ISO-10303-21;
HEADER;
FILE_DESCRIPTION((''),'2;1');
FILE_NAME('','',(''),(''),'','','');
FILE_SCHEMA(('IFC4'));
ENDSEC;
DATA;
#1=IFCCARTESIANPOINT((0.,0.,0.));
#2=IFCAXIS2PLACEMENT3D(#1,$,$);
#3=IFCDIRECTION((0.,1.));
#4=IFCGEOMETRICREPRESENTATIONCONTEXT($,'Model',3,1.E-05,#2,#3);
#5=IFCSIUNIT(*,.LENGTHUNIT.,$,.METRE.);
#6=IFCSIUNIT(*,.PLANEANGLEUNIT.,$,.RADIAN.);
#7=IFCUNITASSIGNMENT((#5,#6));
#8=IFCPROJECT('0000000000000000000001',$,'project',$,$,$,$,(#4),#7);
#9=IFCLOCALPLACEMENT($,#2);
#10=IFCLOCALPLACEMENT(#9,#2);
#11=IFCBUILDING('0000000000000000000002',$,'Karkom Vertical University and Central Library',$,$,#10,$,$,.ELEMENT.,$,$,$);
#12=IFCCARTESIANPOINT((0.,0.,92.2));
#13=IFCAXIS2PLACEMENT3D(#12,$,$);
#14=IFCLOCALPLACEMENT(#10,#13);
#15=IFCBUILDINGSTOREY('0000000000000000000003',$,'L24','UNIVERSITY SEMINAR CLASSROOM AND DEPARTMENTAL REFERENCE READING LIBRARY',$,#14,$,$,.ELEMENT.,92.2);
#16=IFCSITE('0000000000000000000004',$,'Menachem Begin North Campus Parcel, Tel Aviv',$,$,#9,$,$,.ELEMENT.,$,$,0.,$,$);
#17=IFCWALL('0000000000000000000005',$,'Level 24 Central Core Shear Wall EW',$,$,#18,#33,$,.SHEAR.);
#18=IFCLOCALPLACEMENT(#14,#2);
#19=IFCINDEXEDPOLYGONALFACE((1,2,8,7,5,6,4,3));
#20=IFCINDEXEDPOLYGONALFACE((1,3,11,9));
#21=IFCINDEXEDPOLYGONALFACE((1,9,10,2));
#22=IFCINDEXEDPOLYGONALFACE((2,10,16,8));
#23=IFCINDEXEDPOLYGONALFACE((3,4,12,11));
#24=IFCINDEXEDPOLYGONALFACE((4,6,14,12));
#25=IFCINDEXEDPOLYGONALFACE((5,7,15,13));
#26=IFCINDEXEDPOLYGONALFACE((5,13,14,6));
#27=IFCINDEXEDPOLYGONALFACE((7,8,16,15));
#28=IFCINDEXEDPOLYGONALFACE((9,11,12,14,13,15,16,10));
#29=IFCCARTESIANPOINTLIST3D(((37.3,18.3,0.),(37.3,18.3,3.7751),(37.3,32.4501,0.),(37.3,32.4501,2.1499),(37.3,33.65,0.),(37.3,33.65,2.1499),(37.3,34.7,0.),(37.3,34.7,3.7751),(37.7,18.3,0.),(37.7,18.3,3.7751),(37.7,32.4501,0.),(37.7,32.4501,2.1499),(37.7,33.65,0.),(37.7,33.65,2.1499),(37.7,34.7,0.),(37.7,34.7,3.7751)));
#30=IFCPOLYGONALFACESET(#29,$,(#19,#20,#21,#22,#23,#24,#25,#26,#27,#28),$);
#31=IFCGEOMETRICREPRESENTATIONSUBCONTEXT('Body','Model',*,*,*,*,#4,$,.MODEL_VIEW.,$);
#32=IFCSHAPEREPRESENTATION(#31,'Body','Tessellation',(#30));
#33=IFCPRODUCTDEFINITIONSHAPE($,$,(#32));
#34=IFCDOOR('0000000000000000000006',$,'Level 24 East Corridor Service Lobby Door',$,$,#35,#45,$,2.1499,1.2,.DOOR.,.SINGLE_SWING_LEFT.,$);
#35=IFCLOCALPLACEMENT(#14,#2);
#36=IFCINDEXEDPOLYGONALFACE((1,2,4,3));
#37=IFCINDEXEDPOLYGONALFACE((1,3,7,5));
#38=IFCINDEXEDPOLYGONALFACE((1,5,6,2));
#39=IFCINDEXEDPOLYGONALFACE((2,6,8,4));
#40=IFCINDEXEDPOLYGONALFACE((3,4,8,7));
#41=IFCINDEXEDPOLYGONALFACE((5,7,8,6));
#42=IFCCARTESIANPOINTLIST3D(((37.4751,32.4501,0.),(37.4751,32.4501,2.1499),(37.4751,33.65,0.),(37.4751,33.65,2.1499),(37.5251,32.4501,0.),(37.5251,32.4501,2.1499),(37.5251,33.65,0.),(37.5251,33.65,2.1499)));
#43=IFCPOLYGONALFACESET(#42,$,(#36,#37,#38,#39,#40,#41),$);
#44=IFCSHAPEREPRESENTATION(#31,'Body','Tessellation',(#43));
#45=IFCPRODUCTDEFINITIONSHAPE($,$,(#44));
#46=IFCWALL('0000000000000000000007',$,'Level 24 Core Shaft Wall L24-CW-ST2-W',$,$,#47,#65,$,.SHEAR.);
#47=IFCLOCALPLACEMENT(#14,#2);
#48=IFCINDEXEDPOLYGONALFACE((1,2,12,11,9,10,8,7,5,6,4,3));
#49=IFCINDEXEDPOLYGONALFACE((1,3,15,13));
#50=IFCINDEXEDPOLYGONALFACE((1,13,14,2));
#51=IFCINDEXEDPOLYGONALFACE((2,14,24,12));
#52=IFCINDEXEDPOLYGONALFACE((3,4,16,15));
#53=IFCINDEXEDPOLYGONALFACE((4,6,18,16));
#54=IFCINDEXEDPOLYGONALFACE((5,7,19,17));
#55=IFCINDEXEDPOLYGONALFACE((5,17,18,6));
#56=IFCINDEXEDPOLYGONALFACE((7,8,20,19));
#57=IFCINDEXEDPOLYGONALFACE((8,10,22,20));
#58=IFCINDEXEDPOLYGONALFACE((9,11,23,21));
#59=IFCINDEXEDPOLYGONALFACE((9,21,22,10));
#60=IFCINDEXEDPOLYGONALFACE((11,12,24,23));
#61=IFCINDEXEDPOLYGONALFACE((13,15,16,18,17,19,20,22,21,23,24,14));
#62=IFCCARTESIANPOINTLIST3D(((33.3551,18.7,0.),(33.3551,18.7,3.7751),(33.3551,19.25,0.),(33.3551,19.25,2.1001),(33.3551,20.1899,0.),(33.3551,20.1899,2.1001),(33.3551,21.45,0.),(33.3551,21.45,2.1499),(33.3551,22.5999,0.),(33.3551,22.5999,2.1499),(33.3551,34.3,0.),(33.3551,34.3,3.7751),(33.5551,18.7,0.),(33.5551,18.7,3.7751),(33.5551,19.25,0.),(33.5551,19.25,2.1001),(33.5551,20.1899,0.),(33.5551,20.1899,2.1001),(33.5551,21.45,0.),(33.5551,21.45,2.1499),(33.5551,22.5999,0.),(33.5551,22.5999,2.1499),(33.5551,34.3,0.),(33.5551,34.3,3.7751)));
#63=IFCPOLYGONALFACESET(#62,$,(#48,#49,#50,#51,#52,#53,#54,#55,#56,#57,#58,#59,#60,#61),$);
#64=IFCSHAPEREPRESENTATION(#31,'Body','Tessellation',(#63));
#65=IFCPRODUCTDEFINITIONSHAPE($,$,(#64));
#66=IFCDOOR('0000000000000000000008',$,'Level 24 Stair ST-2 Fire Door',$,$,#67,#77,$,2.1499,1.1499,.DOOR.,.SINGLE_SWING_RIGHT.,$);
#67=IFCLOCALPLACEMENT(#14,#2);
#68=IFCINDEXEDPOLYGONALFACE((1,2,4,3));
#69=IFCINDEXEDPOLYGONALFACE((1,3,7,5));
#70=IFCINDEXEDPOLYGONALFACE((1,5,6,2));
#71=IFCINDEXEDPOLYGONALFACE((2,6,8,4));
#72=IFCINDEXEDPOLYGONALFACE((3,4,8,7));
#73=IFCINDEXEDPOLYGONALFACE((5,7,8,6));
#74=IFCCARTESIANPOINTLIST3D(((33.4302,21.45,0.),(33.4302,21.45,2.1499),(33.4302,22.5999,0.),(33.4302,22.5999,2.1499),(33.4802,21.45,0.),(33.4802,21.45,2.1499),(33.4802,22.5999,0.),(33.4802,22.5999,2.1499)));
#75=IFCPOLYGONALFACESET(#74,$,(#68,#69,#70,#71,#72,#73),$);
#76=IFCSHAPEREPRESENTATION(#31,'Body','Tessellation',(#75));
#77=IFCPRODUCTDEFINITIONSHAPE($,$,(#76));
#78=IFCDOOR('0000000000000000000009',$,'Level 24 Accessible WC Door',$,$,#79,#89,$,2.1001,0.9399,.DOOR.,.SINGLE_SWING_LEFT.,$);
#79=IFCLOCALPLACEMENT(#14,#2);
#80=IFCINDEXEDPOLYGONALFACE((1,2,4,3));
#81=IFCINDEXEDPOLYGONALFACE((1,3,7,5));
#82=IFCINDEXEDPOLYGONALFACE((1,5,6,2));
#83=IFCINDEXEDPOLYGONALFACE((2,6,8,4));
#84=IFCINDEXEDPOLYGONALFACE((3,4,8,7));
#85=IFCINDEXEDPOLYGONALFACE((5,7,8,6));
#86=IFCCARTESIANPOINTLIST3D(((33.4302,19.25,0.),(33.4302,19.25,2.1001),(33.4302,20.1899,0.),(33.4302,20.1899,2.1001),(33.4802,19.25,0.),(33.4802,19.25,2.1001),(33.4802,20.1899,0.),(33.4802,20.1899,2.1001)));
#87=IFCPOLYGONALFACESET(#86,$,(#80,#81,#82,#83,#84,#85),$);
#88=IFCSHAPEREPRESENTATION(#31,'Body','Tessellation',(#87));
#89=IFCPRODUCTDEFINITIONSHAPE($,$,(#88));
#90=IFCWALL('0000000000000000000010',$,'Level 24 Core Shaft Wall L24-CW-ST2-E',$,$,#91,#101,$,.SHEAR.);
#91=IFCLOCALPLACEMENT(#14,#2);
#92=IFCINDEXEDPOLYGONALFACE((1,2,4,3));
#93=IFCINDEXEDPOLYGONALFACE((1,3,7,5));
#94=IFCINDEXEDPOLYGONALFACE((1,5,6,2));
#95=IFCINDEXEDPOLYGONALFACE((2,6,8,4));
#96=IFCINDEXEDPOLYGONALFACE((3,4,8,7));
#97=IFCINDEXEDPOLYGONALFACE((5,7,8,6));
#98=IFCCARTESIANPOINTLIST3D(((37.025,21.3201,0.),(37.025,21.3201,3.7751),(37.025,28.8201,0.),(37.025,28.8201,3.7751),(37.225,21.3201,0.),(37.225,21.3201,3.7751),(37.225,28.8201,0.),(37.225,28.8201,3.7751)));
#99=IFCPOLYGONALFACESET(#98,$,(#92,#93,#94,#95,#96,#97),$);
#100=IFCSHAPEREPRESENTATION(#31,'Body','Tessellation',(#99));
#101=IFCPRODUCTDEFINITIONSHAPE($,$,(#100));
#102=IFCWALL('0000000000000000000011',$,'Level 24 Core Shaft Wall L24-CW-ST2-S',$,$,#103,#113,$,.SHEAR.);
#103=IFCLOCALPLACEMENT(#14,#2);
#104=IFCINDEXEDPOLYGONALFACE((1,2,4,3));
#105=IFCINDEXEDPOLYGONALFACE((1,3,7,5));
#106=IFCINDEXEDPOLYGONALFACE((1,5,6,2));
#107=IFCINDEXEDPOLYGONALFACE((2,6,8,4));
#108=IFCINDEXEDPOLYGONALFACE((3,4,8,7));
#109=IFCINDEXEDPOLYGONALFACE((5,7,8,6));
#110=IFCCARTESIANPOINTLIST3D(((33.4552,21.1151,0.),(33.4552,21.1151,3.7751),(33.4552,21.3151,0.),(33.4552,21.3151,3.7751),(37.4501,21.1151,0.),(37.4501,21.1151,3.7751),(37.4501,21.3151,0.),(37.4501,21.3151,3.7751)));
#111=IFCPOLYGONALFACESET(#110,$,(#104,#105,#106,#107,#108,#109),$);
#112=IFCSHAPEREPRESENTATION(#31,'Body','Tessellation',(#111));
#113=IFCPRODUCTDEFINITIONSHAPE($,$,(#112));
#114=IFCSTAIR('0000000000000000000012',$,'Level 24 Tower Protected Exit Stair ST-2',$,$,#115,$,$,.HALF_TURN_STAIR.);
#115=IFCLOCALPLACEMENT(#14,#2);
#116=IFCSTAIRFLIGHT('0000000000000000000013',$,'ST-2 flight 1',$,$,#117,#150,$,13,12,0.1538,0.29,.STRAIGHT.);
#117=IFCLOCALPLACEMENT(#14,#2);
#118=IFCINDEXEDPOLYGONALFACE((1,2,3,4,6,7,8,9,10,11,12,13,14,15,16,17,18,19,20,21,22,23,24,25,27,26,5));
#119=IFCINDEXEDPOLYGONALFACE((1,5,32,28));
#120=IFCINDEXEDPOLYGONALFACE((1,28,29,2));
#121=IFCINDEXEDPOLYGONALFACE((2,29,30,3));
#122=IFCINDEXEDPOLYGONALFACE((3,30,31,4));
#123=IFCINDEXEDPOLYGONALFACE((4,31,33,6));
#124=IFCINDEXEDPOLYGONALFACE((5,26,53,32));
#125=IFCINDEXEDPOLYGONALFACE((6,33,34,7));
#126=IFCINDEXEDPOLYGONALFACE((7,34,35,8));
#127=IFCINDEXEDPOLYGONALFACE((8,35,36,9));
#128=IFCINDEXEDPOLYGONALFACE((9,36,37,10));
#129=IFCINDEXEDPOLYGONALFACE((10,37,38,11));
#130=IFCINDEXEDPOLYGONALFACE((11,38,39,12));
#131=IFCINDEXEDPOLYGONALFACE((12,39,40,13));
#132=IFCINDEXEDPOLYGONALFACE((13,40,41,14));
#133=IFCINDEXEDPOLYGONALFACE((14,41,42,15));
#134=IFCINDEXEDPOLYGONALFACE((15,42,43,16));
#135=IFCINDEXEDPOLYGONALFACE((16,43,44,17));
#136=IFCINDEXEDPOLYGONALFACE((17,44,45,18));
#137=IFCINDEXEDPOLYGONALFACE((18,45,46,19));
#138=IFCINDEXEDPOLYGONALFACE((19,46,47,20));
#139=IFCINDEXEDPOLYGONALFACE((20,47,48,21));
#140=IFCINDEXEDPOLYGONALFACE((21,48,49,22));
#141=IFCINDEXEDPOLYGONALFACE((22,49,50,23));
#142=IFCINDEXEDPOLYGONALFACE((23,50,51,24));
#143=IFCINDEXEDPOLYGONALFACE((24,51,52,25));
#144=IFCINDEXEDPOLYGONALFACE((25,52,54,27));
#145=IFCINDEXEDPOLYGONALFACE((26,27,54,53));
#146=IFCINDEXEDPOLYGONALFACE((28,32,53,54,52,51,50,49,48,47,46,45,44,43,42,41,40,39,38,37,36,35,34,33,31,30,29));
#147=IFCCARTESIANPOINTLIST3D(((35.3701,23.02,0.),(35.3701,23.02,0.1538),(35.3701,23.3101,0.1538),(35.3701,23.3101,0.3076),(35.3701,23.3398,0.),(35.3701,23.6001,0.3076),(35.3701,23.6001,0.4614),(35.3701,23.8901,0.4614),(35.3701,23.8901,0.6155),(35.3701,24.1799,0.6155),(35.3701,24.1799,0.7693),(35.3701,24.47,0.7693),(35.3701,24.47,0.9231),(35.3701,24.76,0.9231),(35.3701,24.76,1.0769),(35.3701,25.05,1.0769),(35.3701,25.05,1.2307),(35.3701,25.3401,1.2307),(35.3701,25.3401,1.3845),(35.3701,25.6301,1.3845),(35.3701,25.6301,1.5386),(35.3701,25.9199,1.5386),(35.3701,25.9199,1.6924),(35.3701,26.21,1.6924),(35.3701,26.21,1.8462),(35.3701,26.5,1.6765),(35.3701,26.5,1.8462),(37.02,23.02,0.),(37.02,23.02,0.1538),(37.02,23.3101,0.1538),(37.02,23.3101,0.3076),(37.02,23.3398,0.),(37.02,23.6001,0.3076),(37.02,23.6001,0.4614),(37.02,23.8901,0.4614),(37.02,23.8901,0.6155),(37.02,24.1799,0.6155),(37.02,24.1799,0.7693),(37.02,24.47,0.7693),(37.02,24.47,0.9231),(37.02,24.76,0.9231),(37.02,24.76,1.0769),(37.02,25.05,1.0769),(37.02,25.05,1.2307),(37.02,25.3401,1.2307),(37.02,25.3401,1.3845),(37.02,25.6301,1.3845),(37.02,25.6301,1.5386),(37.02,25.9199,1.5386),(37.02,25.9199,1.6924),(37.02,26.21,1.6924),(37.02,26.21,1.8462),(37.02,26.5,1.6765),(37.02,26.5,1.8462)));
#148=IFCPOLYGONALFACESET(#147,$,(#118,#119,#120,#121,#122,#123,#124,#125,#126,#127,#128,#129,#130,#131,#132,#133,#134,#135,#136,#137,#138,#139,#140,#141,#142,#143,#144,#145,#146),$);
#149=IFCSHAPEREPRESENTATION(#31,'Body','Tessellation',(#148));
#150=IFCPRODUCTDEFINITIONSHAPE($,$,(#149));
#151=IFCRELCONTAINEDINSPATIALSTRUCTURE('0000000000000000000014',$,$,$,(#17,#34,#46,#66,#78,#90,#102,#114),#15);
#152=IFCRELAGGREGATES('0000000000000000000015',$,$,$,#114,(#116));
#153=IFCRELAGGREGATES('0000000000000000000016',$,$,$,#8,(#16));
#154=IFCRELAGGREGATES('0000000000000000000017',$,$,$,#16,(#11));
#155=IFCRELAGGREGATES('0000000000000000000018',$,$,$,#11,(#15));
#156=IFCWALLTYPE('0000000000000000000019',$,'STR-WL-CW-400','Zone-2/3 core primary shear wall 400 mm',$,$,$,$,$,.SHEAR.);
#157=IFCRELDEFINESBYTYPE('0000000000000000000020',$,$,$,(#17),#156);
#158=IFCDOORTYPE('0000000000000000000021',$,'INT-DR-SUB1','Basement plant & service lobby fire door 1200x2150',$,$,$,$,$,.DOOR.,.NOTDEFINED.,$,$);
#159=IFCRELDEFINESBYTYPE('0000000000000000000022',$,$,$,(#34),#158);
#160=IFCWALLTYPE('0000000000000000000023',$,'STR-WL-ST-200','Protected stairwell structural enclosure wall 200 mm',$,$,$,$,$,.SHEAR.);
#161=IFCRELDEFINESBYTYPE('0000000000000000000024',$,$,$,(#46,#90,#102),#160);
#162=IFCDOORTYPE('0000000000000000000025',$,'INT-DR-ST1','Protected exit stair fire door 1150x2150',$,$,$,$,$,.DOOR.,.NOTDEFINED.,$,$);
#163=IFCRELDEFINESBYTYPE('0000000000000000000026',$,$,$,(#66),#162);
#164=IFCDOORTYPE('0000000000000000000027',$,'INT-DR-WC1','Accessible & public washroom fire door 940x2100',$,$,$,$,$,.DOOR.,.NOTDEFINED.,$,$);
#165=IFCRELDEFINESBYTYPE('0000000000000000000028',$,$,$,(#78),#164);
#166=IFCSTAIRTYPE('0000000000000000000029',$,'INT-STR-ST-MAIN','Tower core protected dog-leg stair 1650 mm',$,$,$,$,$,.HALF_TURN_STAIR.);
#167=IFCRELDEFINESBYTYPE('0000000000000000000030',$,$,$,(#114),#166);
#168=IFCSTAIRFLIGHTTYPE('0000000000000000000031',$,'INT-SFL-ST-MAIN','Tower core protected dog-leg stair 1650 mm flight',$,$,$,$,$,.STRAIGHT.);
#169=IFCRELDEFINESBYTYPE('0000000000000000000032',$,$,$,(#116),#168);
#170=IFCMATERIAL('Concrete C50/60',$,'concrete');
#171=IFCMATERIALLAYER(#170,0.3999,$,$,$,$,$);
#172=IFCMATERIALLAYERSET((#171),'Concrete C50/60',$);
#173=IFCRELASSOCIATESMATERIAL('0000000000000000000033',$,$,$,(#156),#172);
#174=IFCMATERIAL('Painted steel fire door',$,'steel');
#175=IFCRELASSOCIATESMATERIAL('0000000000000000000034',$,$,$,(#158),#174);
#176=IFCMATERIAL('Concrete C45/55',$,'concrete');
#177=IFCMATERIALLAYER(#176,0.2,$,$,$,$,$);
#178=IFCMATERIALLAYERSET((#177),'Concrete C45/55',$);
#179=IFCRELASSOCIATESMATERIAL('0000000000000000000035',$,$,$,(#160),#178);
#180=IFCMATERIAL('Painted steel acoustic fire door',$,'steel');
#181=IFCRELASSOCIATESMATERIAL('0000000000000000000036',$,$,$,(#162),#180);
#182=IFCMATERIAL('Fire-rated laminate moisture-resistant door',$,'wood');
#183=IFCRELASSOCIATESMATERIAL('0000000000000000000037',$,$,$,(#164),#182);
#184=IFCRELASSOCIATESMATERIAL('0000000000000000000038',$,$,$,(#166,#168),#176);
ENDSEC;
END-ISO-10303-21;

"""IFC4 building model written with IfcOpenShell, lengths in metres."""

from ifc_helpers import new_model, si_unit, direction, frame, frame_2d, origin, origin_with_axes, place, context, subcontext, project, spatial, polyline, rectangle, outline, extrude, source, transform, mapped, material, layer, layer_set, type_object, element, fill, aggregate, save


model = new_model("IFC4")

# Units and contexts
model_context = context("Model", 3, precision=1e-05, world=origin(), true_north=direction((0.0, 1.0)))
body_context = subcontext(model_context, "Body", "Model", "MODEL_VIEW")
ifc_project = project(units=[si_unit("LENGTHUNIT", "METRE"), si_unit("PLANEANGLEUNIT", "RADIAN")], contexts=[model_context])

# Site, building, storey
site_placement = place(None, origin())
site = spatial("IfcSite", under=ifc_project, at=site_placement, Name="Menachem Begin North Campus Parcel, Tel Aviv", CompositionType="ELEMENT", RefElevation=0.0)
building_placement = place(site_placement, origin())
building = spatial("IfcBuilding", under=site, at=building_placement, Name="Karkom Vertical University and Central Library", CompositionType="ELEMENT")
storey_placement = place(building_placement, frame((0.0, 0.0, 92.2)))
storey = spatial("IfcBuildingStorey", under=building, at=storey_placement, Name="L24", Description="UNIVERSITY SEMINAR CLASSROOM AND DEPARTMENTAL REFERENCE READING LIBRARY", CompositionType="ELEMENT", Elevation=92.2)

# Shared definitions
ifc_material_1 = material(Name="Concrete C50/60", Category="concrete")

# Wall, opening, door
ifc_layer_1 = layer(ifc_material_1, 0.3999)
ifc_layer_set_1 = layer_set([ifc_layer_1], Name="Concrete C50/60")
wall_type_1 = type_object("IfcWallType", Name="STR-WL-CW-400", Description="Zone-2/3 core primary shear wall 400 mm", PredefinedType="SHEAR", material=ifc_layer_set_1)
wall_1_placement = place(storey_placement, frame((37.5, 18.3, 0.0), z_axis=(0.0, 0.0, 1.0), x_axis=(0.0, 1.0, 0.0)))
wall_1 = element("IfcWall", 1, at=wall_1_placement, inside=storey, type_object=wall_type_1, Name="Level 24 Central Core Shear Wall EW", PredefinedType="SHEAR", context=body_context, shape_type="SweptSolid", body=[
    extrude(rectangle(XDim=16.3999, YDim=0.3999, at=frame_2d((8.2, 0.0))), origin(), (0.0, 0.0, 1.0), 3.7751),
])
opening_1_placement = place(wall_1_placement, frame((14.1499, 0.0, 0.0)))
opening_1 = element("IfcOpeningElement", 2, at=opening_1_placement, cuts=wall_1, PredefinedType="OPENING", context=body_context, shape_type="SweptSolid", body=[
    extrude(rectangle(XDim=1.2, YDim=2.1499, at=frame_2d((0.6001, 1.075))), frame((0.0, 0.21, 0.0), z_axis=(0.0, -1.0, 0.0), x_axis=(1.0, 0.0, 0.0)), (0.0, 0.0, 1.0), 0.4199),
])
ifc_material_2 = material(Name="Painted steel fire door", Category="steel")
door_type_1 = type_object("IfcDoorType", Name="INT-DR-SUB1", Description="Basement plant & service lobby fire door 1200x2150", OperationType="NOTDEFINED", PredefinedType="DOOR", material=ifc_material_2)
shared_shape_1 = source(origin_with_axes(), body_context, "Body", "SweptSolid", [
    extrude(rectangle(XDim=1.2, YDim=2.1499, at=frame_2d((0.6001, 1.075))), frame((0.0, 0.0249, 0.0), z_axis=(0.0, -1.0, 0.0), x_axis=(1.0, 0.0, 0.0)), (0.0, 0.0, 1.0), 0.05),
])
door_1_placement = place(opening_1_placement, origin())
door_1 = element("IfcDoor", 3, at=door_1_placement, inside=storey, type_object=door_type_1, Name="Level 24 East Corridor Service Lobby Door", OperationType="SINGLE_SWING_LEFT", OverallHeight=2.1499, OverallWidth=1.2, PredefinedType="DOOR", context=body_context, shape_type="MappedRepresentation", body=[
    mapped(shared_shape_1, transform((0.0, 0.0, 0.0), scale=1.0)),
])
fill(opening_1, door_1)

# Wall, openings, doors
ifc_material_3 = material(Name="Concrete C45/55", Category="concrete")
ifc_layer_2 = layer(ifc_material_3, 0.2)
ifc_layer_set_2 = layer_set([ifc_layer_2], Name="Concrete C45/55")
wall_type_2 = type_object("IfcWallType", Name="STR-WL-ST-200", Description="Protected stairwell structural enclosure wall 200 mm", PredefinedType="SHEAR", material=ifc_layer_set_2)
wall_2_placement = place(storey_placement, frame((33.4551, 18.7, 0.0), z_axis=(0.0, 0.0, 1.0), x_axis=(0.0, 1.0, 0.0)))
wall_2 = element("IfcWall", 4, at=wall_2_placement, inside=storey, type_object=wall_type_2, Name="Level 24 Core Shaft Wall L24-CW-ST2-W", PredefinedType="SHEAR", context=body_context, shape_type="SweptSolid", body=[
    extrude(rectangle(XDim=15.6001, YDim=0.2, at=frame_2d((7.8, 0.0))), origin(), (0.0, 0.0, 1.0), 3.7751),
])
opening_2_placement = place(wall_2_placement, frame((2.75, 0.0, 0.0)))
opening_2 = element("IfcOpeningElement", 5, at=opening_2_placement, cuts=wall_2, PredefinedType="OPENING", context=body_context, shape_type="SweptSolid", body=[
    extrude(rectangle(XDim=1.1499, YDim=2.1499, at=frame_2d((0.575, 1.075))), frame((0.0, 0.1099, 0.0), z_axis=(0.0, -1.0, 0.0), x_axis=(1.0, 0.0, 0.0)), (0.0, 0.0, 1.0), 0.22),
])
opening_3_placement = place(wall_2_placement, frame((0.55, 0.0, 0.0)))
opening_3 = element("IfcOpeningElement", 6, at=opening_3_placement, cuts=wall_2, PredefinedType="OPENING", context=body_context, shape_type="SweptSolid", body=[
    extrude(rectangle(XDim=0.9399, YDim=2.1001, at=frame_2d((0.47, 1.05))), frame((0.0, 0.1099, 0.0), z_axis=(0.0, -1.0, 0.0), x_axis=(1.0, 0.0, 0.0)), (0.0, 0.0, 1.0), 0.22),
])
ifc_material_4 = material(Name="Painted steel acoustic fire door", Category="steel")
door_type_2 = type_object("IfcDoorType", Name="INT-DR-ST1", Description="Protected exit stair fire door 1150x2150", OperationType="NOTDEFINED", PredefinedType="DOOR", material=ifc_material_4)
shared_shape_2 = source(origin_with_axes(), body_context, "Body", "SweptSolid", [
    extrude(rectangle(XDim=1.1499, YDim=2.1499, at=frame_2d((0.575, 1.075))), frame((0.0, 0.0249, 0.0), z_axis=(0.0, -1.0, 0.0), x_axis=(1.0, 0.0, 0.0)), (0.0, 0.0, 1.0), 0.05),
])
door_2_placement = place(opening_2_placement, origin())
door_2 = element("IfcDoor", 7, at=door_2_placement, inside=storey, type_object=door_type_2, Name="Level 24 Stair ST-2 Fire Door", OperationType="SINGLE_SWING_RIGHT", OverallHeight=2.1499, OverallWidth=1.1499, PredefinedType="DOOR", context=body_context, shape_type="MappedRepresentation", body=[
    mapped(shared_shape_2, transform((0.0, 0.0, 0.0), scale=1.0)),
])
fill(opening_2, door_2)
ifc_material_5 = material(Name="Fire-rated laminate moisture-resistant door", Category="wood")
door_type_3 = type_object("IfcDoorType", Name="INT-DR-WC1", Description="Accessible & public washroom fire door 940x2100", OperationType="NOTDEFINED", PredefinedType="DOOR", material=ifc_material_5)
shared_shape_3 = source(origin_with_axes(), body_context, "Body", "SweptSolid", [
    extrude(rectangle(XDim=0.9399, YDim=2.1001, at=frame_2d((0.47, 1.05))), frame((0.0, 0.0249, 0.0), z_axis=(0.0, -1.0, 0.0), x_axis=(1.0, 0.0, 0.0)), (0.0, 0.0, 1.0), 0.05),
])
door_3_placement = place(opening_3_placement, origin())
door_3 = element("IfcDoor", 8, at=door_3_placement, inside=storey, type_object=door_type_3, Name="Level 24 Accessible WC Door", OperationType="SINGLE_SWING_LEFT", OverallHeight=2.1001, OverallWidth=0.9399, PredefinedType="DOOR", context=body_context, shape_type="MappedRepresentation", body=[
    mapped(shared_shape_3, transform((0.0, 0.0, 0.0), scale=1.0)),
])
fill(opening_3, door_3)

# Walls
wall_3_placement = place(storey_placement, frame((37.125, 21.3201, 0.0), z_axis=(0.0, 0.0, 1.0), x_axis=(0.0, 1.0, 0.0)))
element("IfcWall", 9, at=wall_3_placement, inside=storey, type_object=wall_type_2, Name="Level 24 Core Shaft Wall L24-CW-ST2-E", PredefinedType="SHEAR", context=body_context, shape_type="SweptSolid", body=[
    extrude(rectangle(XDim=7.5, YDim=0.2, at=frame_2d((3.75, 0.0))), origin(), (0.0, 0.0, 1.0), 3.7751),
])
wall_4_placement = place(storey_placement, frame((33.4551, 21.2151, 0.0), z_axis=(0.0, 0.0, 1.0), x_axis=(1.0, 0.0, 0.0)))
element("IfcWall", 10, at=wall_4_placement, inside=storey, type_object=wall_type_2, Name="Level 24 Core Shaft Wall L24-CW-ST2-S", PredefinedType="SHEAR", context=body_context, shape_type="SweptSolid", body=[
    extrude(rectangle(XDim=3.9949, YDim=0.2, at=frame_2d((1.9976, 0.0))), origin(), (0.0, 0.0, 1.0), 3.7751),
])

# Stair, stair flight
stair_type = type_object("IfcStairType", Name="INT-STR-ST-MAIN", Description="Tower core protected dog-leg stair 1650 mm", PredefinedType="HALF_TURN_STAIR", material=ifc_material_3)
stair_placement = place(storey_placement, origin())
stair = element("IfcStair", 11, at=stair_placement, inside=storey, type_object=stair_type, Name="Level 24 Tower Protected Exit Stair ST-2", PredefinedType="HALF_TURN_STAIR")
stair_flight_type = type_object("IfcStairFlightType", Name="INT-SFL-ST-MAIN", Description="Tower core protected dog-leg stair 1650 mm flight", PredefinedType="STRAIGHT", material=ifc_material_3)
stair_flight_1_placement = place(storey_placement, frame((36.1951, 23.02, 0.0), z_axis=(0.0, 0.0, 1.0), x_axis=(0.0, 1.0, 0.0)))
stair_flight_1 = element("IfcStairFlight", 12, at=stair_flight_1_placement, type_object=stair_flight_type, Name="ST-2 flight 1", NumberOfRisers=13, NumberOfTreads=12, PredefinedType="STRAIGHT", RiserHeight=0.1538, TreadLength=0.29, context=body_context, shape_type="SweptSolid", body=[
    extrude(outline(polyline([(0.0, 0.0), (0.0, 0.1538), (0.29, 0.1538), (0.29, 0.3076), (0.5801, 0.3076), (0.5801, 0.4614), (0.8701, 0.4614), (0.8701, 0.6155), (1.1599, 0.6155), (1.1599, 0.7693), (1.45, 0.7693), (1.45, 0.9231), (1.74, 0.9231), (1.74, 1.0769), (2.03, 1.0769), (2.03, 1.2307), (2.3201, 1.2307), (2.3201, 1.3845), (2.6101, 1.3845), (2.6101, 1.5386), (2.8999, 1.5386), (2.8999, 1.6924), (3.1899, 1.6924), (3.1899, 1.8462), (3.48, 1.8462), (3.48, 2.0), (3.48, 1.6765), (0.3198, 0.0), (0.0, 0.0)])), frame((0.0, 0.825, 0.0), z_axis=(0.0, -1.0, 0.0), x_axis=(1.0, 0.0, 0.0)), (0.0, 0.0, 1.0), 1.6499),
])
aggregate(stair, [stair_flight_1])

save(model, "model.ifc")
